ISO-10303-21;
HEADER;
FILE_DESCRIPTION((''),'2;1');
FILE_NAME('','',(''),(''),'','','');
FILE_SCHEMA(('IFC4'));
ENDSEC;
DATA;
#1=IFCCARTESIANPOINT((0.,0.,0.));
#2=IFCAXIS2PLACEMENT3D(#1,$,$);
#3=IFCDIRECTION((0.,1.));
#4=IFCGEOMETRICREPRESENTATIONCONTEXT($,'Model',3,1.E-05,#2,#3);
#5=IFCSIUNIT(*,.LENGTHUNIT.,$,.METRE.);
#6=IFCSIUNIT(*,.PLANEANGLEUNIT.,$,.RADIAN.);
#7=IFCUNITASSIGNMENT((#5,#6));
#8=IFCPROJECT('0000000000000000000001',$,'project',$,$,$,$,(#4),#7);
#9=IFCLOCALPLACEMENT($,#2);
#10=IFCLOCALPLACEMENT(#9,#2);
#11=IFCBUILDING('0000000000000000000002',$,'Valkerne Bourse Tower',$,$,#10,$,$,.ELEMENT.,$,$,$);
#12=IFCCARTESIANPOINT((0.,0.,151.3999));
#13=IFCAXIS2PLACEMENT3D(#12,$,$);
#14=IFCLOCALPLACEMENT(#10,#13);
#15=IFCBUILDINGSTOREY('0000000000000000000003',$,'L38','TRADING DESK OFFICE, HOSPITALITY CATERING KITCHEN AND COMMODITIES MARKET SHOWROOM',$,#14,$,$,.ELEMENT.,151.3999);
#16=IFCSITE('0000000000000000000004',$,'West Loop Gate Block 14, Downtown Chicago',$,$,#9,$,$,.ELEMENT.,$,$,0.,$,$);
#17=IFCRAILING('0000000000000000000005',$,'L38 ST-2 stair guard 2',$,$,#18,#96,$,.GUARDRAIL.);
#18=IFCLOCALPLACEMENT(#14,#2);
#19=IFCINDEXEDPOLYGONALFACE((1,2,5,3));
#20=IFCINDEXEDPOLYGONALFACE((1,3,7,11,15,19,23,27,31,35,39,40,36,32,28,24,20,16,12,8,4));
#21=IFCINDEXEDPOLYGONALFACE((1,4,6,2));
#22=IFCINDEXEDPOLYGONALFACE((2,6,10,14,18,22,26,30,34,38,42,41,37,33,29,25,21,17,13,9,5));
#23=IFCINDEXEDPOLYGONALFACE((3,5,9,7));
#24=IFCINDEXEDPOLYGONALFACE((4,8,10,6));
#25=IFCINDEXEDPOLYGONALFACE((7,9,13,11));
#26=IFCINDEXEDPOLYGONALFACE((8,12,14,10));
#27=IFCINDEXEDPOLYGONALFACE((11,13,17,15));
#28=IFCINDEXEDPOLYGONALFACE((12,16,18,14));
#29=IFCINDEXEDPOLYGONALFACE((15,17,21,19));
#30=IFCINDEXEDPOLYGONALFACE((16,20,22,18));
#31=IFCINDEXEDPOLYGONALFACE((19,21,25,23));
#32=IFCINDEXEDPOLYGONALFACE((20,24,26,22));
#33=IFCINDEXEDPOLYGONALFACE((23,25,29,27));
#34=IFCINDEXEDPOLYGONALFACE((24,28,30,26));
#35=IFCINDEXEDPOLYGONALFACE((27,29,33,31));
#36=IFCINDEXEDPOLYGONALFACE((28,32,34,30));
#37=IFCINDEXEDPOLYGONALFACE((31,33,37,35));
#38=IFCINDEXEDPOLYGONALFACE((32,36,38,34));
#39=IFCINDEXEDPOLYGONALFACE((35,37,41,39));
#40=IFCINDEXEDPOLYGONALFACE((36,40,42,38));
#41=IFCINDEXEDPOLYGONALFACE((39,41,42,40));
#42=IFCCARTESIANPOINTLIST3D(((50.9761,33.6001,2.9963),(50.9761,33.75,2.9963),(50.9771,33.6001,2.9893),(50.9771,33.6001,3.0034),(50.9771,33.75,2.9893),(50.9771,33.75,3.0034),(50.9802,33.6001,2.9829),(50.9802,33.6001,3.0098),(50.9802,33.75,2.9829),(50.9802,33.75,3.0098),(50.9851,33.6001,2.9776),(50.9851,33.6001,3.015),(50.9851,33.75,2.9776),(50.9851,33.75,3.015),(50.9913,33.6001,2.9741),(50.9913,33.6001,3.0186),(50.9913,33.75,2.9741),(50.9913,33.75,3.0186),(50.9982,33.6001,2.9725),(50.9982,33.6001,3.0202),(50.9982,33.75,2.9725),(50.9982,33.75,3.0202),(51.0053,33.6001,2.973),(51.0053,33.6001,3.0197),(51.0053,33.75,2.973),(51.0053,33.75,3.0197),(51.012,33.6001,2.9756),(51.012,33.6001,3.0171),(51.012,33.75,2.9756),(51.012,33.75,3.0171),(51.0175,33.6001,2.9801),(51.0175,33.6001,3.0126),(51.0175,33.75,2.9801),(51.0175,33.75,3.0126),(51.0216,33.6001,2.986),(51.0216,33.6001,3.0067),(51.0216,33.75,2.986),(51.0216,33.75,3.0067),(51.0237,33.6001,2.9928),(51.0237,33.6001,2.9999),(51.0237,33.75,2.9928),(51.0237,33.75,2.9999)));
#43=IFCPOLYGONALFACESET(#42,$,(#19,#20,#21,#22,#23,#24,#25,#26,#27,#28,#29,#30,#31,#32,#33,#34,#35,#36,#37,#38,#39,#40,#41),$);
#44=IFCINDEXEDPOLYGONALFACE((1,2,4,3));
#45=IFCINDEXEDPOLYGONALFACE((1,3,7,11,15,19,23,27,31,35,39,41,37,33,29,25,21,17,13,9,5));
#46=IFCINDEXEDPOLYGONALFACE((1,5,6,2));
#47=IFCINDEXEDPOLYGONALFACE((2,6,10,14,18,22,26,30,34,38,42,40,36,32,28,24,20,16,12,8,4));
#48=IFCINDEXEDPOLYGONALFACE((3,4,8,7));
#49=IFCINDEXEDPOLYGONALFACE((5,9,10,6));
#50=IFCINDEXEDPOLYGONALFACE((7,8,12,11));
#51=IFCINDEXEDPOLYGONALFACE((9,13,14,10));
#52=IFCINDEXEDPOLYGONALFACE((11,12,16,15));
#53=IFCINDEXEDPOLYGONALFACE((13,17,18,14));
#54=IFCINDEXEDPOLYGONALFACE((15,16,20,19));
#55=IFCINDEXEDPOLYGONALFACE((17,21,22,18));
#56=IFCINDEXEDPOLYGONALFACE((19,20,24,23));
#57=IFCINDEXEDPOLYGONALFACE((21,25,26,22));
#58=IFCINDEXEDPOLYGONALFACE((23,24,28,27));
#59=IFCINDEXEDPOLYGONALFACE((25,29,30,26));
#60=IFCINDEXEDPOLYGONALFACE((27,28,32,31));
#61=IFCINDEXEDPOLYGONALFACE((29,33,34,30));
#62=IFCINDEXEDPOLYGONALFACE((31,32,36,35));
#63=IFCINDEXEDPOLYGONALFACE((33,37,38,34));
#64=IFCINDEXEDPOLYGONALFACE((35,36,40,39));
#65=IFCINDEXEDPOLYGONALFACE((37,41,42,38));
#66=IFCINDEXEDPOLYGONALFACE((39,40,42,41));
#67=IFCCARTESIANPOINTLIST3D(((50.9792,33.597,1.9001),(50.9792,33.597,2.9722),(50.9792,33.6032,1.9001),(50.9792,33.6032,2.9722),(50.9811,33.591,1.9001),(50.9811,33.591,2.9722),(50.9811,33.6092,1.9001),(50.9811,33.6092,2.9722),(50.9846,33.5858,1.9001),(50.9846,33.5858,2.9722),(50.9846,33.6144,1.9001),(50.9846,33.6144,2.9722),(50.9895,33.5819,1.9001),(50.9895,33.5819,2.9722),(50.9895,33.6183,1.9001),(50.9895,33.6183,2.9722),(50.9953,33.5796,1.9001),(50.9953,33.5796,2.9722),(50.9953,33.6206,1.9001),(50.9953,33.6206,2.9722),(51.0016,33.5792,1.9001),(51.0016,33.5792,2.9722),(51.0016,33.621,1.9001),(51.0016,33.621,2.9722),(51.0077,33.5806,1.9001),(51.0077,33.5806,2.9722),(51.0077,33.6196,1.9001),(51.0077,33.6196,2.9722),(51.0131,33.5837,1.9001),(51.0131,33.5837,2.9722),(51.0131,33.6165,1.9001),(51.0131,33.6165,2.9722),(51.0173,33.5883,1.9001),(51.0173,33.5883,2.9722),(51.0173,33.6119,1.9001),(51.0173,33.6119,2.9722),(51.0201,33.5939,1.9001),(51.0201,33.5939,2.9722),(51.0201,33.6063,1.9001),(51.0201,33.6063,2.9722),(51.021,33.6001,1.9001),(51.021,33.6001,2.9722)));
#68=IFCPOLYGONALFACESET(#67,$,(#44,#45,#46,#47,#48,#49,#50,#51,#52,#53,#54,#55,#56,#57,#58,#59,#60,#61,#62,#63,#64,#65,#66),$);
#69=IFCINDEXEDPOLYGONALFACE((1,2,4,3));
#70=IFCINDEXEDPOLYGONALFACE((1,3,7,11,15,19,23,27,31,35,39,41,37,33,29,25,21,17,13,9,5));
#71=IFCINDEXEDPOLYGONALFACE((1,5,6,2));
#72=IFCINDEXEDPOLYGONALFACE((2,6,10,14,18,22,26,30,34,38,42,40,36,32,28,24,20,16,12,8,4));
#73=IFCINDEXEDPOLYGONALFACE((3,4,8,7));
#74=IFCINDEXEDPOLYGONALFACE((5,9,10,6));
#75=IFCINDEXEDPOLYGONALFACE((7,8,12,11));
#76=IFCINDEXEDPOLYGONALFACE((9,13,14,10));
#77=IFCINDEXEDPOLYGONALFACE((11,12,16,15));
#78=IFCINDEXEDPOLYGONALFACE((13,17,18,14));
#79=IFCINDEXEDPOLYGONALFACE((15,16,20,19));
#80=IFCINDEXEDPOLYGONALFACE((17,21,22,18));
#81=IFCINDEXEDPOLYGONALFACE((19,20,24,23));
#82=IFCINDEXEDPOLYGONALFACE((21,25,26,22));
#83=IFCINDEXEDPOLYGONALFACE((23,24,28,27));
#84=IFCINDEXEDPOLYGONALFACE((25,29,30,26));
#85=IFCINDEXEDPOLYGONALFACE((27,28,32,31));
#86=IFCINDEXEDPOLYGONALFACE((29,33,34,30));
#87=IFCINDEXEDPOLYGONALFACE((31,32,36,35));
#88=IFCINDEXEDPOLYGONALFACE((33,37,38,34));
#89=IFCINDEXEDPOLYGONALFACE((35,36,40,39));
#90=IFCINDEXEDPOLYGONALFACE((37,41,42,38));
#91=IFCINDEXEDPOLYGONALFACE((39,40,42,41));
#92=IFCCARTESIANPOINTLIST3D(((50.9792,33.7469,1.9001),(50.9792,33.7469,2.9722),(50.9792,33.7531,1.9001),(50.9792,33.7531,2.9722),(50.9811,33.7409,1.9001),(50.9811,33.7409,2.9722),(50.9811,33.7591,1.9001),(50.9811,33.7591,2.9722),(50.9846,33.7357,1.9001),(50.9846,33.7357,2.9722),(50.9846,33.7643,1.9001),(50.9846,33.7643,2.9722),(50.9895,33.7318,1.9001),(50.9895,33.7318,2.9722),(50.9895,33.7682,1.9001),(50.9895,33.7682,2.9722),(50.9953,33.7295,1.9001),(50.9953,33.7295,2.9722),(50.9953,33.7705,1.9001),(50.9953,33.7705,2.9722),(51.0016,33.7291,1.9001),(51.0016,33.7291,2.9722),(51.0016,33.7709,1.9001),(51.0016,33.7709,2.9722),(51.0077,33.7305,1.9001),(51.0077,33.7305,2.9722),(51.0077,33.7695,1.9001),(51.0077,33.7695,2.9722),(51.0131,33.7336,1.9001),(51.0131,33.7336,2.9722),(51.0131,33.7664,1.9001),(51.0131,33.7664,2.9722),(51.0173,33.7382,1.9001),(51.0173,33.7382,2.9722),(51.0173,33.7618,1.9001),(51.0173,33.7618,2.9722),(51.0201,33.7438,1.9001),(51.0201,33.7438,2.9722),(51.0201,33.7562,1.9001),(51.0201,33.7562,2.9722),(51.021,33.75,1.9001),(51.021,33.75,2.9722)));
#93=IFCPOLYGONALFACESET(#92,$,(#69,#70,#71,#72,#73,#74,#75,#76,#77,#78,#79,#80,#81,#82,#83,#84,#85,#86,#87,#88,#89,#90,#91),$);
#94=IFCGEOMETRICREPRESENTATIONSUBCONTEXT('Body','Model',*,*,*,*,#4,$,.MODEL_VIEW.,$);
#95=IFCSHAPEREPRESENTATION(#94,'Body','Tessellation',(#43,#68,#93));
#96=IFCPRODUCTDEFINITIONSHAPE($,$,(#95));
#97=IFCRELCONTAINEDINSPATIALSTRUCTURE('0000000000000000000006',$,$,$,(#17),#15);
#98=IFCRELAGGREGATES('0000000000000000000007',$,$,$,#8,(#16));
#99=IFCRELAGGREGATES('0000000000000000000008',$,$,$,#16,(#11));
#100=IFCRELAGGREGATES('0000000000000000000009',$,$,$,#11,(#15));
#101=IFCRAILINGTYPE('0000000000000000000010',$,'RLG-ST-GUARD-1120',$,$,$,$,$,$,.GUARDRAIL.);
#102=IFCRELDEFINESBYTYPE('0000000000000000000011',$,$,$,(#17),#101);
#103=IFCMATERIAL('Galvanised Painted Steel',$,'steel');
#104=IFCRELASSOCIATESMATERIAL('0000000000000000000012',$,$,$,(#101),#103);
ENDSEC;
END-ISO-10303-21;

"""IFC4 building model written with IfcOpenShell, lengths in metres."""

from ifc_helpers import new_model, si_unit, direction, frame, origin, origin_2d, place, context, subcontext, project, spatial, circle, extrude, material, type_object, element, save


model = new_model("IFC4")

# Units and contexts
model_context = context("Model", 3, precision=1e-05, world=origin(), true_north=direction((0.0, 1.0)))
body_context = subcontext(model_context, "Body", "Model", "MODEL_VIEW")
ifc_project = project(units=[si_unit("LENGTHUNIT", "METRE"), si_unit("PLANEANGLEUNIT", "RADIAN")], contexts=[model_context])

# Site, building, storey
site_placement = place(None, origin())
site = spatial("IfcSite", under=ifc_project, at=site_placement, Name="West Loop Gate Block 14, Downtown Chicago", CompositionType="ELEMENT", RefElevation=0.0)
building_placement = place(site_placement, origin())
building = spatial("IfcBuilding", under=site, at=building_placement, Name="Valkerne Bourse Tower", CompositionType="ELEMENT")
storey_placement = place(building_placement, frame((0.0, 0.0, 151.3999)))
storey = spatial("IfcBuildingStorey", under=building, at=storey_placement, Name="L38", Description="TRADING DESK OFFICE, HOSPITALITY CATERING KITCHEN AND COMMODITIES MARKET SHOWROOM", CompositionType="ELEMENT", Elevation=151.3999)

# Shared definitions
ifc_material_1 = material(Name="Galvanised Painted Steel", Category="steel")

# Railing
railing_type_1 = type_object("IfcRailingType", Name="RLG-ST-GUARD-1120", PredefinedType="GUARDRAIL", material=ifc_material_1)
railing_1_placement = place(storey_placement, frame((51.0, 33.6001, 1.9001)))
element("IfcRailing", 1, at=railing_1_placement, inside=storey, type_object=railing_type_1, Name="L38 ST-2 stair guard 2", PredefinedType="GUARDRAIL", context=body_context, shape_type="SweptSolid", body=[
    extrude(circle(Radius=0.0239, at=origin_2d()), frame((0.0, 0.0, 1.0962), z_axis=(0.0, 1.0, 0.0), x_axis=(-1.0, 0.0, 0.0)), (0.0, 0.0, 1.0), 0.1499),
    extrude(circle(Radius=0.021, at=origin_2d()), origin(), (0.0, 0.0, 1.0), 1.072),
    extrude(circle(Radius=0.021, at=origin_2d()), frame((0.0, 0.1499, 0.0)), (0.0, 0.0, 1.0), 1.072),
])

save(model, "model.ifc")
